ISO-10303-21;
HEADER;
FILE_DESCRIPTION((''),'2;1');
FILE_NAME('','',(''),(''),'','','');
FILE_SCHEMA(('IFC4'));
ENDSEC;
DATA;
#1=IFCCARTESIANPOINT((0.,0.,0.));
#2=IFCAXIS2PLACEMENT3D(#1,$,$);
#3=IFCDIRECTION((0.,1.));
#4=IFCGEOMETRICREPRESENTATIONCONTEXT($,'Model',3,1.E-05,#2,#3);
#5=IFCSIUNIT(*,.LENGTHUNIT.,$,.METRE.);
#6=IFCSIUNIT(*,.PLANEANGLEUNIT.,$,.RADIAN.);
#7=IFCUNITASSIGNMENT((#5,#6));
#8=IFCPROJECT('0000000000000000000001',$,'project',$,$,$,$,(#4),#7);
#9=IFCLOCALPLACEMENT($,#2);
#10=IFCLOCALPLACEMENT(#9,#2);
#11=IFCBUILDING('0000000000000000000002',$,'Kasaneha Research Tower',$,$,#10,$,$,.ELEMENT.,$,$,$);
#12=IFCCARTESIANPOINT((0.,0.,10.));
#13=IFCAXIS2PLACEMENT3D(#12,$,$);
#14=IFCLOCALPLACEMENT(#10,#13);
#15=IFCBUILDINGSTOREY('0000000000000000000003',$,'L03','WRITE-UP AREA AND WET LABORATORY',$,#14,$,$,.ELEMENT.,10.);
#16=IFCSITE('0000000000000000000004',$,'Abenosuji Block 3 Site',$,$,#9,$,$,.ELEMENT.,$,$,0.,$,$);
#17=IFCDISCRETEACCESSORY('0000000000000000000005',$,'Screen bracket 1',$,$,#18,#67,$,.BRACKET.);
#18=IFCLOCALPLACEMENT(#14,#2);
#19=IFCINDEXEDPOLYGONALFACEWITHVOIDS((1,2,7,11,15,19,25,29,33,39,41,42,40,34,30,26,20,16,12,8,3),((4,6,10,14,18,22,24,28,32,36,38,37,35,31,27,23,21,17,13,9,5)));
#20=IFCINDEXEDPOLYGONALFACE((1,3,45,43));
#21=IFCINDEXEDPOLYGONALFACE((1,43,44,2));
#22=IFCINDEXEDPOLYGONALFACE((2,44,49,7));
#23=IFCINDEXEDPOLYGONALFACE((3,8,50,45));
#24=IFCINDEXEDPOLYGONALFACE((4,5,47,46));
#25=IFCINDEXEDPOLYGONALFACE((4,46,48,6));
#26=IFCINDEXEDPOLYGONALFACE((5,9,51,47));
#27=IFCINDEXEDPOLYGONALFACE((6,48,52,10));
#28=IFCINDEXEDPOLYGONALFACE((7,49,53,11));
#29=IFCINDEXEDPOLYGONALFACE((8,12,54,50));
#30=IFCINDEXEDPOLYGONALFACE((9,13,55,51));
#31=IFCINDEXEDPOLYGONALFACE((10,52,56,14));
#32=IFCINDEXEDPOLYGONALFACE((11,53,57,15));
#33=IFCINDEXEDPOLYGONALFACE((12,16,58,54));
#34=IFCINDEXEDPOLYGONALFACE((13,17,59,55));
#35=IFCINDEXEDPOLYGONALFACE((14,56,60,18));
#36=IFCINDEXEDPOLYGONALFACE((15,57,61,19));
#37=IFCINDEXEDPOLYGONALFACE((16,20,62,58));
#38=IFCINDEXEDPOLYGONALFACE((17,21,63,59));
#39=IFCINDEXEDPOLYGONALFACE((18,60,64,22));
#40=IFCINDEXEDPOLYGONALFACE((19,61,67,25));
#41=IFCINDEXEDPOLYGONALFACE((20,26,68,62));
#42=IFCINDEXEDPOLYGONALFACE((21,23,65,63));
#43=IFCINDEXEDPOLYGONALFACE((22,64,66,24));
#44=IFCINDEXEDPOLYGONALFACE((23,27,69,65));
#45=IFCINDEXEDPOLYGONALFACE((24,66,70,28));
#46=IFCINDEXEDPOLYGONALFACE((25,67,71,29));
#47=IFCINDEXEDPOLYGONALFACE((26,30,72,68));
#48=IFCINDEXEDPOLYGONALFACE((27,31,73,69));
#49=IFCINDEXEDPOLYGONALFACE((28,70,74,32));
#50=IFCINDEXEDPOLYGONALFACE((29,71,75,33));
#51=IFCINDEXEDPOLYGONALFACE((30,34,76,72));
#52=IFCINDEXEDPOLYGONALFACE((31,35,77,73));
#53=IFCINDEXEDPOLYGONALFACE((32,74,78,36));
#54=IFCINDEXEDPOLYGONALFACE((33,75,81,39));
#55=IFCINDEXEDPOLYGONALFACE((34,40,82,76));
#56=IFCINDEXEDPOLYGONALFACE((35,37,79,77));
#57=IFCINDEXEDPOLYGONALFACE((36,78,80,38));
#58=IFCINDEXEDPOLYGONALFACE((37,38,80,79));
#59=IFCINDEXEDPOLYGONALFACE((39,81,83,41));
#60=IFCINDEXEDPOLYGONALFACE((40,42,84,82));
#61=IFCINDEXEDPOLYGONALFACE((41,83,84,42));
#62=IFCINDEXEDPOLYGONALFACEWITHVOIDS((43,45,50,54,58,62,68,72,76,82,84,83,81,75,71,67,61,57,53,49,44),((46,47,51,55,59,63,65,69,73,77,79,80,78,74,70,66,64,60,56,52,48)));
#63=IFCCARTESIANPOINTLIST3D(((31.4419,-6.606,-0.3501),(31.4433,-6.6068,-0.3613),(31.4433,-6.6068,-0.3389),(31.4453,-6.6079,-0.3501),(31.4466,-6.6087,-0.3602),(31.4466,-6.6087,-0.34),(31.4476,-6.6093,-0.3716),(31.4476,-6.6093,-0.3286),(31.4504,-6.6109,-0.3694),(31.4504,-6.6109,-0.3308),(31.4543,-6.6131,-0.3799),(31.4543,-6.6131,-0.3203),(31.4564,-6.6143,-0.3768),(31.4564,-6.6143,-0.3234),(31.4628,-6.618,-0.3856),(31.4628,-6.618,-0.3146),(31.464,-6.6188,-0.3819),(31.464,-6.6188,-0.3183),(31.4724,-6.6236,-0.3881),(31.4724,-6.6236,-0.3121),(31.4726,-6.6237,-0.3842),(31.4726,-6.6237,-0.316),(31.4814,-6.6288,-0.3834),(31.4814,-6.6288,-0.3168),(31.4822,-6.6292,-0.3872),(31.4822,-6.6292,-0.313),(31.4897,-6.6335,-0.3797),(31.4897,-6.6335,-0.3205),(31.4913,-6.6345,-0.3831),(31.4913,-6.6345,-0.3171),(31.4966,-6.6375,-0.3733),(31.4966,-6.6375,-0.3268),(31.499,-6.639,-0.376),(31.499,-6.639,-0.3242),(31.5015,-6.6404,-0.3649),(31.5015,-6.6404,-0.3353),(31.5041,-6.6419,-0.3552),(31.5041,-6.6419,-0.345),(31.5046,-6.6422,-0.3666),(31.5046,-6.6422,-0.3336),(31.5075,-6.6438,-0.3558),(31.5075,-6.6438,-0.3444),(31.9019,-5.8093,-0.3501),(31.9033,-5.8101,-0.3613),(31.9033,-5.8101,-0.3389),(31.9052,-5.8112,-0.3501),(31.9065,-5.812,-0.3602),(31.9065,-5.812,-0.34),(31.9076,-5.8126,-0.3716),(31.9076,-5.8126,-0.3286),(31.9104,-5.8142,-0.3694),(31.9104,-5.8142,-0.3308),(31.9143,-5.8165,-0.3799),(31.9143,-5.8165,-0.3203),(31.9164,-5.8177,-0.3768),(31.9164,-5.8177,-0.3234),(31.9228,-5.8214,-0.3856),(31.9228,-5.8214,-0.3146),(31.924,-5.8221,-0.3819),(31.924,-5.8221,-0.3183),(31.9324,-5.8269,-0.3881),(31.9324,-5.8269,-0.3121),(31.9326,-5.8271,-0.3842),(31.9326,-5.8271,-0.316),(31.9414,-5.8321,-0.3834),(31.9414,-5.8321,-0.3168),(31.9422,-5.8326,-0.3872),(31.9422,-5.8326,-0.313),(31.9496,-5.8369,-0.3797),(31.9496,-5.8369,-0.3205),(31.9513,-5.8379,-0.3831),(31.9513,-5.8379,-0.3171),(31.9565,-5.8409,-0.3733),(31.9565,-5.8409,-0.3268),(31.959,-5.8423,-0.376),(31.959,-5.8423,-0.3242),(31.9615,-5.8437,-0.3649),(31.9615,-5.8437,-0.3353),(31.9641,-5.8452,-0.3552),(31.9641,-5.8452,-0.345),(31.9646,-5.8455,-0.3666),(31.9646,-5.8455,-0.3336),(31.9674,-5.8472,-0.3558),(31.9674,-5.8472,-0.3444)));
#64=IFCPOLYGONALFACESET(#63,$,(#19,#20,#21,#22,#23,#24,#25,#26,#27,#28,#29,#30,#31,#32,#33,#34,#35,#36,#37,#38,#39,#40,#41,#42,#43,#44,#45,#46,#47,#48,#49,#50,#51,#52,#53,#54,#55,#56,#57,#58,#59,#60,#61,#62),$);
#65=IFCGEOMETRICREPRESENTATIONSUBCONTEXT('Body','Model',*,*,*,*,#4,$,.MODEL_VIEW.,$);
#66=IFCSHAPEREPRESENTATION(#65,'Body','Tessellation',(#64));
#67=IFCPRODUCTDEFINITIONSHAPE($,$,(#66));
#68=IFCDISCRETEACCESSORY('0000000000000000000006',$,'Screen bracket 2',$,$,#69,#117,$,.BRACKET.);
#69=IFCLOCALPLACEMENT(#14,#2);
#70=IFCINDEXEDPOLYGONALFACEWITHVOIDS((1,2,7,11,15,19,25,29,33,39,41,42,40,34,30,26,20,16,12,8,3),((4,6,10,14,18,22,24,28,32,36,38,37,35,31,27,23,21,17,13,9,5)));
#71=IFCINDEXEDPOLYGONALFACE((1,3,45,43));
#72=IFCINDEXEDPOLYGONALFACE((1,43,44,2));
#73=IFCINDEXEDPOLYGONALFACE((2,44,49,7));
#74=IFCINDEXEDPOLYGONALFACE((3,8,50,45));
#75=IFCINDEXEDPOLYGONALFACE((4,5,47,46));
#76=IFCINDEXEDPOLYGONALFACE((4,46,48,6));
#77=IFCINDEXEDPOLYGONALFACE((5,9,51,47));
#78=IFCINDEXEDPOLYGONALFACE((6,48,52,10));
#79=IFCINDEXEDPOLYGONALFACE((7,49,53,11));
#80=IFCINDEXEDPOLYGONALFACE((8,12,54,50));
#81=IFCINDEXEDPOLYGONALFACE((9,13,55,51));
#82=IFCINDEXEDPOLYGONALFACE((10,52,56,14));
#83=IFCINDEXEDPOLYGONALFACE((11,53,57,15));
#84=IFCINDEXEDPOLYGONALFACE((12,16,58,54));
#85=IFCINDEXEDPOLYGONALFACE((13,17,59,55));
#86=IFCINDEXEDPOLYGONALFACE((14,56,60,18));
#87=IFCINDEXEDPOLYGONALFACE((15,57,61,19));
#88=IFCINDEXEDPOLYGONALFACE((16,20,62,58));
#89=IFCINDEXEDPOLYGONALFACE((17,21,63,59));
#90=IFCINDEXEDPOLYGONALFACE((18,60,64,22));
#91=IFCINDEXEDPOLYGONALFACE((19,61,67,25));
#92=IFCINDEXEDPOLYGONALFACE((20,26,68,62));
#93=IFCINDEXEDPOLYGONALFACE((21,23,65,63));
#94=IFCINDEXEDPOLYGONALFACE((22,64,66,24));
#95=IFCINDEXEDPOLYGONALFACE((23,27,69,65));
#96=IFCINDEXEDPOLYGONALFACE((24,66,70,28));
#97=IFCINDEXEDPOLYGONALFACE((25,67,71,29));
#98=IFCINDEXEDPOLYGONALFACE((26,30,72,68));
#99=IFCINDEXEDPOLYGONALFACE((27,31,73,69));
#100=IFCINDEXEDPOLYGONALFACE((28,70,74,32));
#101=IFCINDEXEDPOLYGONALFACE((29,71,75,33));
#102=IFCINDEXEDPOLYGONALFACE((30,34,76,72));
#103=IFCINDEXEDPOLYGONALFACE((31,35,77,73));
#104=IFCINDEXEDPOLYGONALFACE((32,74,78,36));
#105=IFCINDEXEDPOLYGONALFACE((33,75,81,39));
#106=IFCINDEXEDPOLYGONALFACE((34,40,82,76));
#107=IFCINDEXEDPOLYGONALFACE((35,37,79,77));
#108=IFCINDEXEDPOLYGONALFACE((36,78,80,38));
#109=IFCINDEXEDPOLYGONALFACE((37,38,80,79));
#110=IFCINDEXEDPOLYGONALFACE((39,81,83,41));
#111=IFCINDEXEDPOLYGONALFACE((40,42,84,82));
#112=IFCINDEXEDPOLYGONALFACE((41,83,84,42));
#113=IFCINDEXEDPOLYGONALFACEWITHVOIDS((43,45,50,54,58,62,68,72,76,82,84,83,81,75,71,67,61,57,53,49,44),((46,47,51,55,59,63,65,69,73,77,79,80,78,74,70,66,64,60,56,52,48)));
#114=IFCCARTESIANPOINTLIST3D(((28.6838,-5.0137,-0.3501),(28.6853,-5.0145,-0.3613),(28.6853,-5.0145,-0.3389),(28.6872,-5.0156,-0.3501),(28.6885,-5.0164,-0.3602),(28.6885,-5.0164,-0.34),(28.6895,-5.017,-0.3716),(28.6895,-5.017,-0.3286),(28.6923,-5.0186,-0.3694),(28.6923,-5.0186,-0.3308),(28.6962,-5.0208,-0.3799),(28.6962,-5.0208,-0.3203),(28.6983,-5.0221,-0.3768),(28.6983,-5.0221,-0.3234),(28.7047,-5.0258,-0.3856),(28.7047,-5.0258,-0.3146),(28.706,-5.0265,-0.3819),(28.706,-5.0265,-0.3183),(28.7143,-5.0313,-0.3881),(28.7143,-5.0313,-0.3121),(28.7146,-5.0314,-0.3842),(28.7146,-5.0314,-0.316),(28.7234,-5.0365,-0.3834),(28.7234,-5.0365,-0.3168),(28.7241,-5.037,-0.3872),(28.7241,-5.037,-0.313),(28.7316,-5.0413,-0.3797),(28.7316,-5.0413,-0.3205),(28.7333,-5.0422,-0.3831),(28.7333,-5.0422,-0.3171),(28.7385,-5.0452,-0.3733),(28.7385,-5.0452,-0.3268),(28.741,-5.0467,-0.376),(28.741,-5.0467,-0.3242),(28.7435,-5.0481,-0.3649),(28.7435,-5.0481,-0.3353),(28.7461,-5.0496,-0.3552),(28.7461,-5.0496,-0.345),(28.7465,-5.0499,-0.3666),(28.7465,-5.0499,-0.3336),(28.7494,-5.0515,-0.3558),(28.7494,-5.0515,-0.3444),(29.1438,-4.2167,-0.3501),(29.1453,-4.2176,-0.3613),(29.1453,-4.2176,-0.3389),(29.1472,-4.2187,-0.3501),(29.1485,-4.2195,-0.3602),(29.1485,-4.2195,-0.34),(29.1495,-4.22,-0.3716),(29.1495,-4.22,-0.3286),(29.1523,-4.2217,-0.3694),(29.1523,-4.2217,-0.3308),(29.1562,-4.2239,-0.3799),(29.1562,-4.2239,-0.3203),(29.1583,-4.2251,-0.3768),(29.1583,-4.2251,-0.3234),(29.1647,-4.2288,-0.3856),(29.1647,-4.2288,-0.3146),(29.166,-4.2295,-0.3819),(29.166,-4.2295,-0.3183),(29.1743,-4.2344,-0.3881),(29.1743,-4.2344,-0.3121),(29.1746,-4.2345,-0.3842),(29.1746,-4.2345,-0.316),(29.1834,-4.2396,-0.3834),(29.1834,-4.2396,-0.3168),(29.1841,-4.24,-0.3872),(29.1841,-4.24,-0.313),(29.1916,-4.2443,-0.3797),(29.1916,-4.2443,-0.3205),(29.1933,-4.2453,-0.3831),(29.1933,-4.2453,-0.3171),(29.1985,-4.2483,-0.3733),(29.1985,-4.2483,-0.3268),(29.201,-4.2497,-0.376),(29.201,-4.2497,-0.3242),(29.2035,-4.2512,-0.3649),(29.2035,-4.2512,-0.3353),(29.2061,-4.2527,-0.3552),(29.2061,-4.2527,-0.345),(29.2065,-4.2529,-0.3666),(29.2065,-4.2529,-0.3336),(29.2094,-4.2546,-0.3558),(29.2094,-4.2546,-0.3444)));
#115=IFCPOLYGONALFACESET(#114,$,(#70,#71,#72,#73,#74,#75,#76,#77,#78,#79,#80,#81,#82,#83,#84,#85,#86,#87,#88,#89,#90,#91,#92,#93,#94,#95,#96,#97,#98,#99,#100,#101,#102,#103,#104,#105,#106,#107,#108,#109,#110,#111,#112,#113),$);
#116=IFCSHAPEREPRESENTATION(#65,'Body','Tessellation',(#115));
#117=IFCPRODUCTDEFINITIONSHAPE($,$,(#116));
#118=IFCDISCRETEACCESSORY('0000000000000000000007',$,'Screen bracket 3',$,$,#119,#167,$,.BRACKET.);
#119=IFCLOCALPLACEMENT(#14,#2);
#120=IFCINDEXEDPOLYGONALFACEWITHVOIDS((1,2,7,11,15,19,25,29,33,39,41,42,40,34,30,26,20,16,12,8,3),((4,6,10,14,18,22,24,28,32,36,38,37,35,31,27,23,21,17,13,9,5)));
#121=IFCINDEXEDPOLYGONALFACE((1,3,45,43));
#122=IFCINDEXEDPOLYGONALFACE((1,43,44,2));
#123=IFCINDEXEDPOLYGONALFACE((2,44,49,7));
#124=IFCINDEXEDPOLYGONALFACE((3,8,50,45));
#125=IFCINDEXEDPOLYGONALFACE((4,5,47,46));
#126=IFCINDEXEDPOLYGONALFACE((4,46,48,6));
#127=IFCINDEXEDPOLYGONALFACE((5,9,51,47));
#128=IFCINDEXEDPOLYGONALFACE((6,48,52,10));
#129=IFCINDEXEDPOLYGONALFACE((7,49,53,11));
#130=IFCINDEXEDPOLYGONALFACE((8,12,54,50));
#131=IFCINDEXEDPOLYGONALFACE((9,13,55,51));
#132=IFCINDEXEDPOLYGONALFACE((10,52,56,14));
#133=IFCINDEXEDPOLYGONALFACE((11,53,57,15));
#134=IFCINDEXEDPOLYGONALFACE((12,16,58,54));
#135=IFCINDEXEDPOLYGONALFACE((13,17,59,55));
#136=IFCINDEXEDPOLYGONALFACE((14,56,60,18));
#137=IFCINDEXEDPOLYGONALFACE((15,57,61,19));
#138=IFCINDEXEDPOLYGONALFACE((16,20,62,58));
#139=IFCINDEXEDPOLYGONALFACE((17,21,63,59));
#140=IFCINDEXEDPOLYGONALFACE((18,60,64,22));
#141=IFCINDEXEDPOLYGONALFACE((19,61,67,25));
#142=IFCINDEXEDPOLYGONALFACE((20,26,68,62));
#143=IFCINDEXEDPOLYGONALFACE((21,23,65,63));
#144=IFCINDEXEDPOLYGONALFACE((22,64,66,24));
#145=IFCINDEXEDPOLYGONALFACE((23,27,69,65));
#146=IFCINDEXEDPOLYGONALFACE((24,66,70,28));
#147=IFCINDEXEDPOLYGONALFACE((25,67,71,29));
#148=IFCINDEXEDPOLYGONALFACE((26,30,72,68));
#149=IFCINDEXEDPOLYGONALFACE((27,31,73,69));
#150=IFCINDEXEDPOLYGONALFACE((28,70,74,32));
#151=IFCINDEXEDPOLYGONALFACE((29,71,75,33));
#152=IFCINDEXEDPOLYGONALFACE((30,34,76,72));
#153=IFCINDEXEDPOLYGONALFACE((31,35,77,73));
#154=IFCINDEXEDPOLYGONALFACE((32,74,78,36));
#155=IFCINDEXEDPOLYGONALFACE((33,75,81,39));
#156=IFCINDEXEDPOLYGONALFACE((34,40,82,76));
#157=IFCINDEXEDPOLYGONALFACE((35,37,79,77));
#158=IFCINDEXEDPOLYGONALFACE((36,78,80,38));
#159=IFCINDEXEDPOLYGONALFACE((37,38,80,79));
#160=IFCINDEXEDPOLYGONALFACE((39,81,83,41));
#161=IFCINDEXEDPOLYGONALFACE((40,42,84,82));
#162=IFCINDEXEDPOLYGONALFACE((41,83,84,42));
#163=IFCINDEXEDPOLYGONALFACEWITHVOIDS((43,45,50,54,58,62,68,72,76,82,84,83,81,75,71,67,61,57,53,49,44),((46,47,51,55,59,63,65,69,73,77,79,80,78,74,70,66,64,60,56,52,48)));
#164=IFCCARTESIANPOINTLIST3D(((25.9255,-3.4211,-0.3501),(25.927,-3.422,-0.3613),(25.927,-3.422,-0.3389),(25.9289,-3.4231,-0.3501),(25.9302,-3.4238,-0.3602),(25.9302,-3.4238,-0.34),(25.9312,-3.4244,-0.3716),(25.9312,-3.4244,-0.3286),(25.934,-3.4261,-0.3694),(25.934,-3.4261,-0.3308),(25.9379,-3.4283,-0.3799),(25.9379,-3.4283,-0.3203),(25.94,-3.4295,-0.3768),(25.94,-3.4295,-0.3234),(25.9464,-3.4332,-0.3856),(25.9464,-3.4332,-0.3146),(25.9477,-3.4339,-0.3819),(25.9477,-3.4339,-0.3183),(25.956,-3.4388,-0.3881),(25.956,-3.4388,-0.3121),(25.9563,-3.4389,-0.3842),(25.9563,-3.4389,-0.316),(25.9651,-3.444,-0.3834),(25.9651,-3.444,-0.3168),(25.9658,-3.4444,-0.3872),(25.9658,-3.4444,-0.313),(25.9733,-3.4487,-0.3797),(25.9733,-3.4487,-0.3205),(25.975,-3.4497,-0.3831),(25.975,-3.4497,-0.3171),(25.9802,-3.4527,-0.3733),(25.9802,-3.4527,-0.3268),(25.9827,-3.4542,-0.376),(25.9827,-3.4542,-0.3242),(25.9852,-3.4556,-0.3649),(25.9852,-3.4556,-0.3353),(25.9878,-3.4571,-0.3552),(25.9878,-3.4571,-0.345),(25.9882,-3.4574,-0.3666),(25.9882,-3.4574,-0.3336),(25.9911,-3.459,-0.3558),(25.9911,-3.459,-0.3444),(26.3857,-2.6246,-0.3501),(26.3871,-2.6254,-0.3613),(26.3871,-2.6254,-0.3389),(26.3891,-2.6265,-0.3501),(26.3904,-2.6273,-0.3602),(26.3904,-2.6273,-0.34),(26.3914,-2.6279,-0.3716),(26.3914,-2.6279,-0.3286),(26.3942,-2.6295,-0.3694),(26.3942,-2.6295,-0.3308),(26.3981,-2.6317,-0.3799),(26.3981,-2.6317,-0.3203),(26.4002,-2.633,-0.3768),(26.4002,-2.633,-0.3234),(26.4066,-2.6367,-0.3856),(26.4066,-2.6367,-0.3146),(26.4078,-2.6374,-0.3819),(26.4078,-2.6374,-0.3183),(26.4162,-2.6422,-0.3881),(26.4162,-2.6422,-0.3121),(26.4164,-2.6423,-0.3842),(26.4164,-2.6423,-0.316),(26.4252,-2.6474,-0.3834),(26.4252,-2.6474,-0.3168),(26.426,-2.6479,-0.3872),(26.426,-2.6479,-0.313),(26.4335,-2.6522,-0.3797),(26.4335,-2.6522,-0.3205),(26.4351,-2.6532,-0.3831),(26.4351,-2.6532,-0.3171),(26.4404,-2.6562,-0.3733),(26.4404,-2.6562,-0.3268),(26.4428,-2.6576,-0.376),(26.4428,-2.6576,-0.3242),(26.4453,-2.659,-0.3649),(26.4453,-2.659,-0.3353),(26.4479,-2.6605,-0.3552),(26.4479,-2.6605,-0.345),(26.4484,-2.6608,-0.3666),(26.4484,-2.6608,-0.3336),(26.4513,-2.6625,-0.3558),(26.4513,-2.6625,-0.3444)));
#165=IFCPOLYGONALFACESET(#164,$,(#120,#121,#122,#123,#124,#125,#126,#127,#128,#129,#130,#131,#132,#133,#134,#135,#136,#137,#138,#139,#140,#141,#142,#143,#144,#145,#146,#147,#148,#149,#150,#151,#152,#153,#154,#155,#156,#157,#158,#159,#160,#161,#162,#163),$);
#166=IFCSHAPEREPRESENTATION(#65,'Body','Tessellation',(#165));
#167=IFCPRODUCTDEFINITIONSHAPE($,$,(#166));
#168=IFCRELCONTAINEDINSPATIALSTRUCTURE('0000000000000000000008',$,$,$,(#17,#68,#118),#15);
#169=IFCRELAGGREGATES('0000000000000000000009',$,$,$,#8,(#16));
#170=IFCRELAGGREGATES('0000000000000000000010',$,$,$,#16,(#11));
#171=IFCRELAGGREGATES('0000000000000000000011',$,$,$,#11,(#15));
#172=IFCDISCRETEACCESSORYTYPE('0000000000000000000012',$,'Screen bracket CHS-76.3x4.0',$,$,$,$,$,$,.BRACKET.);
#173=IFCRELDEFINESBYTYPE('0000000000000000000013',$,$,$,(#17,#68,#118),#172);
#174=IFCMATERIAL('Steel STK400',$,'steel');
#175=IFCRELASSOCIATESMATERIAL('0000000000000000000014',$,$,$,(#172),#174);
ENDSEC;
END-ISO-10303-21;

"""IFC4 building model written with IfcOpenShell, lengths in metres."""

from ifc_helpers import new_model, si_unit, direction, frame, origin, origin_2d, place, context, subcontext, project, spatial, hollow_circle, extrude, material, material_profile, profile_set, type_object, element, save


model = new_model("IFC4")

# Units and contexts
model_context = context("Model", 3, precision=1e-05, world=origin(), true_north=direction((0.0, 1.0)))
body_context = subcontext(model_context, "Body", "Model", "MODEL_VIEW")
ifc_project = project(units=[si_unit("LENGTHUNIT", "METRE"), si_unit("PLANEANGLEUNIT", "RADIAN")], contexts=[model_context])

# Site, building, storey
site_placement = place(None, origin())
site = spatial("IfcSite", under=ifc_project, at=site_placement, Name="Abenosuji Block 3 Site", CompositionType="ELEMENT", RefElevation=0.0)
building_placement = place(site_placement, origin())
building = spatial("IfcBuilding", under=site, at=building_placement, Name="Kasaneha Research Tower", CompositionType="ELEMENT")
storey_placement = place(building_placement, frame((0.0, 0.0, 10.0)))
storey = spatial("IfcBuildingStorey", under=building, at=storey_placement, Name="L03", Description="WRITE-UP AREA AND WET LABORATORY", CompositionType="ELEMENT", Elevation=10.0)

# Discrete accessories
ifc_material_1 = material(Name="Steel STK400", Category="steel")
ifc_material_profile_1 = material_profile(ifc_material_1, hollow_circle(Radius=0.0381, WallThickness=0.0039, at=origin_2d()), Name="CHS-76.3x4.0")
ifc_profile_set_1 = profile_set([ifc_material_profile_1], Name="Steel STK400")
discrete_accessory_type = type_object("IfcDiscreteAccessoryType", Name="Screen bracket CHS-76.3x4.0", PredefinedType="BRACKET", material=ifc_profile_set_1)
discrete_accessory_1_placement = place(storey_placement, frame((31.4749, -6.625, -0.3501), z_axis=(0.500021, 0.866013, 0.0), x_axis=(-0.866013, 0.500021, 0.0)))
element("IfcDiscreteAccessory", 1, at=discrete_accessory_1_placement, inside=storey, type_object=discrete_accessory_type, Name="Screen bracket 1", PredefinedType="BRACKET", context=body_context, shape_type="SweptSolid", body=[
    extrude(hollow_circle(Radius=0.0381, WallThickness=0.0039, at=origin_2d()), origin(), (0.0, 0.0, 1.0), 0.9199),
])
discrete_accessory_2_placement = place(storey_placement, frame((28.7168, -5.0327, -0.3501), z_axis=(0.499906, 0.86608, 0.0), x_axis=(-0.86608, 0.499906, 0.0)))
element("IfcDiscreteAccessory", 2, at=discrete_accessory_2_placement, inside=storey, type_object=discrete_accessory_type, Name="Screen bracket 2", PredefinedType="BRACKET", context=body_context, shape_type="SweptSolid", body=[
    extrude(hollow_circle(Radius=0.0381, WallThickness=0.0039, at=origin_2d()), origin(), (0.0, 0.0, 1.0), 0.9202),
])
discrete_accessory_3_placement = place(storey_placement, frame((25.9585, -3.4402, -0.3501), z_axis=(0.50022, 0.865898, 0.0), x_axis=(-0.865898, 0.50022, 0.0)))
element("IfcDiscreteAccessory", 3, at=discrete_accessory_3_placement, inside=storey, type_object=discrete_accessory_type, Name="Screen bracket 3", PredefinedType="BRACKET", context=body_context, shape_type="SweptSolid", body=[
    extrude(hollow_circle(Radius=0.0381, WallThickness=0.0039, at=origin_2d()), origin(), (0.0, 0.0, 1.0), 0.9199),
])

save(model, "model.ifc")
